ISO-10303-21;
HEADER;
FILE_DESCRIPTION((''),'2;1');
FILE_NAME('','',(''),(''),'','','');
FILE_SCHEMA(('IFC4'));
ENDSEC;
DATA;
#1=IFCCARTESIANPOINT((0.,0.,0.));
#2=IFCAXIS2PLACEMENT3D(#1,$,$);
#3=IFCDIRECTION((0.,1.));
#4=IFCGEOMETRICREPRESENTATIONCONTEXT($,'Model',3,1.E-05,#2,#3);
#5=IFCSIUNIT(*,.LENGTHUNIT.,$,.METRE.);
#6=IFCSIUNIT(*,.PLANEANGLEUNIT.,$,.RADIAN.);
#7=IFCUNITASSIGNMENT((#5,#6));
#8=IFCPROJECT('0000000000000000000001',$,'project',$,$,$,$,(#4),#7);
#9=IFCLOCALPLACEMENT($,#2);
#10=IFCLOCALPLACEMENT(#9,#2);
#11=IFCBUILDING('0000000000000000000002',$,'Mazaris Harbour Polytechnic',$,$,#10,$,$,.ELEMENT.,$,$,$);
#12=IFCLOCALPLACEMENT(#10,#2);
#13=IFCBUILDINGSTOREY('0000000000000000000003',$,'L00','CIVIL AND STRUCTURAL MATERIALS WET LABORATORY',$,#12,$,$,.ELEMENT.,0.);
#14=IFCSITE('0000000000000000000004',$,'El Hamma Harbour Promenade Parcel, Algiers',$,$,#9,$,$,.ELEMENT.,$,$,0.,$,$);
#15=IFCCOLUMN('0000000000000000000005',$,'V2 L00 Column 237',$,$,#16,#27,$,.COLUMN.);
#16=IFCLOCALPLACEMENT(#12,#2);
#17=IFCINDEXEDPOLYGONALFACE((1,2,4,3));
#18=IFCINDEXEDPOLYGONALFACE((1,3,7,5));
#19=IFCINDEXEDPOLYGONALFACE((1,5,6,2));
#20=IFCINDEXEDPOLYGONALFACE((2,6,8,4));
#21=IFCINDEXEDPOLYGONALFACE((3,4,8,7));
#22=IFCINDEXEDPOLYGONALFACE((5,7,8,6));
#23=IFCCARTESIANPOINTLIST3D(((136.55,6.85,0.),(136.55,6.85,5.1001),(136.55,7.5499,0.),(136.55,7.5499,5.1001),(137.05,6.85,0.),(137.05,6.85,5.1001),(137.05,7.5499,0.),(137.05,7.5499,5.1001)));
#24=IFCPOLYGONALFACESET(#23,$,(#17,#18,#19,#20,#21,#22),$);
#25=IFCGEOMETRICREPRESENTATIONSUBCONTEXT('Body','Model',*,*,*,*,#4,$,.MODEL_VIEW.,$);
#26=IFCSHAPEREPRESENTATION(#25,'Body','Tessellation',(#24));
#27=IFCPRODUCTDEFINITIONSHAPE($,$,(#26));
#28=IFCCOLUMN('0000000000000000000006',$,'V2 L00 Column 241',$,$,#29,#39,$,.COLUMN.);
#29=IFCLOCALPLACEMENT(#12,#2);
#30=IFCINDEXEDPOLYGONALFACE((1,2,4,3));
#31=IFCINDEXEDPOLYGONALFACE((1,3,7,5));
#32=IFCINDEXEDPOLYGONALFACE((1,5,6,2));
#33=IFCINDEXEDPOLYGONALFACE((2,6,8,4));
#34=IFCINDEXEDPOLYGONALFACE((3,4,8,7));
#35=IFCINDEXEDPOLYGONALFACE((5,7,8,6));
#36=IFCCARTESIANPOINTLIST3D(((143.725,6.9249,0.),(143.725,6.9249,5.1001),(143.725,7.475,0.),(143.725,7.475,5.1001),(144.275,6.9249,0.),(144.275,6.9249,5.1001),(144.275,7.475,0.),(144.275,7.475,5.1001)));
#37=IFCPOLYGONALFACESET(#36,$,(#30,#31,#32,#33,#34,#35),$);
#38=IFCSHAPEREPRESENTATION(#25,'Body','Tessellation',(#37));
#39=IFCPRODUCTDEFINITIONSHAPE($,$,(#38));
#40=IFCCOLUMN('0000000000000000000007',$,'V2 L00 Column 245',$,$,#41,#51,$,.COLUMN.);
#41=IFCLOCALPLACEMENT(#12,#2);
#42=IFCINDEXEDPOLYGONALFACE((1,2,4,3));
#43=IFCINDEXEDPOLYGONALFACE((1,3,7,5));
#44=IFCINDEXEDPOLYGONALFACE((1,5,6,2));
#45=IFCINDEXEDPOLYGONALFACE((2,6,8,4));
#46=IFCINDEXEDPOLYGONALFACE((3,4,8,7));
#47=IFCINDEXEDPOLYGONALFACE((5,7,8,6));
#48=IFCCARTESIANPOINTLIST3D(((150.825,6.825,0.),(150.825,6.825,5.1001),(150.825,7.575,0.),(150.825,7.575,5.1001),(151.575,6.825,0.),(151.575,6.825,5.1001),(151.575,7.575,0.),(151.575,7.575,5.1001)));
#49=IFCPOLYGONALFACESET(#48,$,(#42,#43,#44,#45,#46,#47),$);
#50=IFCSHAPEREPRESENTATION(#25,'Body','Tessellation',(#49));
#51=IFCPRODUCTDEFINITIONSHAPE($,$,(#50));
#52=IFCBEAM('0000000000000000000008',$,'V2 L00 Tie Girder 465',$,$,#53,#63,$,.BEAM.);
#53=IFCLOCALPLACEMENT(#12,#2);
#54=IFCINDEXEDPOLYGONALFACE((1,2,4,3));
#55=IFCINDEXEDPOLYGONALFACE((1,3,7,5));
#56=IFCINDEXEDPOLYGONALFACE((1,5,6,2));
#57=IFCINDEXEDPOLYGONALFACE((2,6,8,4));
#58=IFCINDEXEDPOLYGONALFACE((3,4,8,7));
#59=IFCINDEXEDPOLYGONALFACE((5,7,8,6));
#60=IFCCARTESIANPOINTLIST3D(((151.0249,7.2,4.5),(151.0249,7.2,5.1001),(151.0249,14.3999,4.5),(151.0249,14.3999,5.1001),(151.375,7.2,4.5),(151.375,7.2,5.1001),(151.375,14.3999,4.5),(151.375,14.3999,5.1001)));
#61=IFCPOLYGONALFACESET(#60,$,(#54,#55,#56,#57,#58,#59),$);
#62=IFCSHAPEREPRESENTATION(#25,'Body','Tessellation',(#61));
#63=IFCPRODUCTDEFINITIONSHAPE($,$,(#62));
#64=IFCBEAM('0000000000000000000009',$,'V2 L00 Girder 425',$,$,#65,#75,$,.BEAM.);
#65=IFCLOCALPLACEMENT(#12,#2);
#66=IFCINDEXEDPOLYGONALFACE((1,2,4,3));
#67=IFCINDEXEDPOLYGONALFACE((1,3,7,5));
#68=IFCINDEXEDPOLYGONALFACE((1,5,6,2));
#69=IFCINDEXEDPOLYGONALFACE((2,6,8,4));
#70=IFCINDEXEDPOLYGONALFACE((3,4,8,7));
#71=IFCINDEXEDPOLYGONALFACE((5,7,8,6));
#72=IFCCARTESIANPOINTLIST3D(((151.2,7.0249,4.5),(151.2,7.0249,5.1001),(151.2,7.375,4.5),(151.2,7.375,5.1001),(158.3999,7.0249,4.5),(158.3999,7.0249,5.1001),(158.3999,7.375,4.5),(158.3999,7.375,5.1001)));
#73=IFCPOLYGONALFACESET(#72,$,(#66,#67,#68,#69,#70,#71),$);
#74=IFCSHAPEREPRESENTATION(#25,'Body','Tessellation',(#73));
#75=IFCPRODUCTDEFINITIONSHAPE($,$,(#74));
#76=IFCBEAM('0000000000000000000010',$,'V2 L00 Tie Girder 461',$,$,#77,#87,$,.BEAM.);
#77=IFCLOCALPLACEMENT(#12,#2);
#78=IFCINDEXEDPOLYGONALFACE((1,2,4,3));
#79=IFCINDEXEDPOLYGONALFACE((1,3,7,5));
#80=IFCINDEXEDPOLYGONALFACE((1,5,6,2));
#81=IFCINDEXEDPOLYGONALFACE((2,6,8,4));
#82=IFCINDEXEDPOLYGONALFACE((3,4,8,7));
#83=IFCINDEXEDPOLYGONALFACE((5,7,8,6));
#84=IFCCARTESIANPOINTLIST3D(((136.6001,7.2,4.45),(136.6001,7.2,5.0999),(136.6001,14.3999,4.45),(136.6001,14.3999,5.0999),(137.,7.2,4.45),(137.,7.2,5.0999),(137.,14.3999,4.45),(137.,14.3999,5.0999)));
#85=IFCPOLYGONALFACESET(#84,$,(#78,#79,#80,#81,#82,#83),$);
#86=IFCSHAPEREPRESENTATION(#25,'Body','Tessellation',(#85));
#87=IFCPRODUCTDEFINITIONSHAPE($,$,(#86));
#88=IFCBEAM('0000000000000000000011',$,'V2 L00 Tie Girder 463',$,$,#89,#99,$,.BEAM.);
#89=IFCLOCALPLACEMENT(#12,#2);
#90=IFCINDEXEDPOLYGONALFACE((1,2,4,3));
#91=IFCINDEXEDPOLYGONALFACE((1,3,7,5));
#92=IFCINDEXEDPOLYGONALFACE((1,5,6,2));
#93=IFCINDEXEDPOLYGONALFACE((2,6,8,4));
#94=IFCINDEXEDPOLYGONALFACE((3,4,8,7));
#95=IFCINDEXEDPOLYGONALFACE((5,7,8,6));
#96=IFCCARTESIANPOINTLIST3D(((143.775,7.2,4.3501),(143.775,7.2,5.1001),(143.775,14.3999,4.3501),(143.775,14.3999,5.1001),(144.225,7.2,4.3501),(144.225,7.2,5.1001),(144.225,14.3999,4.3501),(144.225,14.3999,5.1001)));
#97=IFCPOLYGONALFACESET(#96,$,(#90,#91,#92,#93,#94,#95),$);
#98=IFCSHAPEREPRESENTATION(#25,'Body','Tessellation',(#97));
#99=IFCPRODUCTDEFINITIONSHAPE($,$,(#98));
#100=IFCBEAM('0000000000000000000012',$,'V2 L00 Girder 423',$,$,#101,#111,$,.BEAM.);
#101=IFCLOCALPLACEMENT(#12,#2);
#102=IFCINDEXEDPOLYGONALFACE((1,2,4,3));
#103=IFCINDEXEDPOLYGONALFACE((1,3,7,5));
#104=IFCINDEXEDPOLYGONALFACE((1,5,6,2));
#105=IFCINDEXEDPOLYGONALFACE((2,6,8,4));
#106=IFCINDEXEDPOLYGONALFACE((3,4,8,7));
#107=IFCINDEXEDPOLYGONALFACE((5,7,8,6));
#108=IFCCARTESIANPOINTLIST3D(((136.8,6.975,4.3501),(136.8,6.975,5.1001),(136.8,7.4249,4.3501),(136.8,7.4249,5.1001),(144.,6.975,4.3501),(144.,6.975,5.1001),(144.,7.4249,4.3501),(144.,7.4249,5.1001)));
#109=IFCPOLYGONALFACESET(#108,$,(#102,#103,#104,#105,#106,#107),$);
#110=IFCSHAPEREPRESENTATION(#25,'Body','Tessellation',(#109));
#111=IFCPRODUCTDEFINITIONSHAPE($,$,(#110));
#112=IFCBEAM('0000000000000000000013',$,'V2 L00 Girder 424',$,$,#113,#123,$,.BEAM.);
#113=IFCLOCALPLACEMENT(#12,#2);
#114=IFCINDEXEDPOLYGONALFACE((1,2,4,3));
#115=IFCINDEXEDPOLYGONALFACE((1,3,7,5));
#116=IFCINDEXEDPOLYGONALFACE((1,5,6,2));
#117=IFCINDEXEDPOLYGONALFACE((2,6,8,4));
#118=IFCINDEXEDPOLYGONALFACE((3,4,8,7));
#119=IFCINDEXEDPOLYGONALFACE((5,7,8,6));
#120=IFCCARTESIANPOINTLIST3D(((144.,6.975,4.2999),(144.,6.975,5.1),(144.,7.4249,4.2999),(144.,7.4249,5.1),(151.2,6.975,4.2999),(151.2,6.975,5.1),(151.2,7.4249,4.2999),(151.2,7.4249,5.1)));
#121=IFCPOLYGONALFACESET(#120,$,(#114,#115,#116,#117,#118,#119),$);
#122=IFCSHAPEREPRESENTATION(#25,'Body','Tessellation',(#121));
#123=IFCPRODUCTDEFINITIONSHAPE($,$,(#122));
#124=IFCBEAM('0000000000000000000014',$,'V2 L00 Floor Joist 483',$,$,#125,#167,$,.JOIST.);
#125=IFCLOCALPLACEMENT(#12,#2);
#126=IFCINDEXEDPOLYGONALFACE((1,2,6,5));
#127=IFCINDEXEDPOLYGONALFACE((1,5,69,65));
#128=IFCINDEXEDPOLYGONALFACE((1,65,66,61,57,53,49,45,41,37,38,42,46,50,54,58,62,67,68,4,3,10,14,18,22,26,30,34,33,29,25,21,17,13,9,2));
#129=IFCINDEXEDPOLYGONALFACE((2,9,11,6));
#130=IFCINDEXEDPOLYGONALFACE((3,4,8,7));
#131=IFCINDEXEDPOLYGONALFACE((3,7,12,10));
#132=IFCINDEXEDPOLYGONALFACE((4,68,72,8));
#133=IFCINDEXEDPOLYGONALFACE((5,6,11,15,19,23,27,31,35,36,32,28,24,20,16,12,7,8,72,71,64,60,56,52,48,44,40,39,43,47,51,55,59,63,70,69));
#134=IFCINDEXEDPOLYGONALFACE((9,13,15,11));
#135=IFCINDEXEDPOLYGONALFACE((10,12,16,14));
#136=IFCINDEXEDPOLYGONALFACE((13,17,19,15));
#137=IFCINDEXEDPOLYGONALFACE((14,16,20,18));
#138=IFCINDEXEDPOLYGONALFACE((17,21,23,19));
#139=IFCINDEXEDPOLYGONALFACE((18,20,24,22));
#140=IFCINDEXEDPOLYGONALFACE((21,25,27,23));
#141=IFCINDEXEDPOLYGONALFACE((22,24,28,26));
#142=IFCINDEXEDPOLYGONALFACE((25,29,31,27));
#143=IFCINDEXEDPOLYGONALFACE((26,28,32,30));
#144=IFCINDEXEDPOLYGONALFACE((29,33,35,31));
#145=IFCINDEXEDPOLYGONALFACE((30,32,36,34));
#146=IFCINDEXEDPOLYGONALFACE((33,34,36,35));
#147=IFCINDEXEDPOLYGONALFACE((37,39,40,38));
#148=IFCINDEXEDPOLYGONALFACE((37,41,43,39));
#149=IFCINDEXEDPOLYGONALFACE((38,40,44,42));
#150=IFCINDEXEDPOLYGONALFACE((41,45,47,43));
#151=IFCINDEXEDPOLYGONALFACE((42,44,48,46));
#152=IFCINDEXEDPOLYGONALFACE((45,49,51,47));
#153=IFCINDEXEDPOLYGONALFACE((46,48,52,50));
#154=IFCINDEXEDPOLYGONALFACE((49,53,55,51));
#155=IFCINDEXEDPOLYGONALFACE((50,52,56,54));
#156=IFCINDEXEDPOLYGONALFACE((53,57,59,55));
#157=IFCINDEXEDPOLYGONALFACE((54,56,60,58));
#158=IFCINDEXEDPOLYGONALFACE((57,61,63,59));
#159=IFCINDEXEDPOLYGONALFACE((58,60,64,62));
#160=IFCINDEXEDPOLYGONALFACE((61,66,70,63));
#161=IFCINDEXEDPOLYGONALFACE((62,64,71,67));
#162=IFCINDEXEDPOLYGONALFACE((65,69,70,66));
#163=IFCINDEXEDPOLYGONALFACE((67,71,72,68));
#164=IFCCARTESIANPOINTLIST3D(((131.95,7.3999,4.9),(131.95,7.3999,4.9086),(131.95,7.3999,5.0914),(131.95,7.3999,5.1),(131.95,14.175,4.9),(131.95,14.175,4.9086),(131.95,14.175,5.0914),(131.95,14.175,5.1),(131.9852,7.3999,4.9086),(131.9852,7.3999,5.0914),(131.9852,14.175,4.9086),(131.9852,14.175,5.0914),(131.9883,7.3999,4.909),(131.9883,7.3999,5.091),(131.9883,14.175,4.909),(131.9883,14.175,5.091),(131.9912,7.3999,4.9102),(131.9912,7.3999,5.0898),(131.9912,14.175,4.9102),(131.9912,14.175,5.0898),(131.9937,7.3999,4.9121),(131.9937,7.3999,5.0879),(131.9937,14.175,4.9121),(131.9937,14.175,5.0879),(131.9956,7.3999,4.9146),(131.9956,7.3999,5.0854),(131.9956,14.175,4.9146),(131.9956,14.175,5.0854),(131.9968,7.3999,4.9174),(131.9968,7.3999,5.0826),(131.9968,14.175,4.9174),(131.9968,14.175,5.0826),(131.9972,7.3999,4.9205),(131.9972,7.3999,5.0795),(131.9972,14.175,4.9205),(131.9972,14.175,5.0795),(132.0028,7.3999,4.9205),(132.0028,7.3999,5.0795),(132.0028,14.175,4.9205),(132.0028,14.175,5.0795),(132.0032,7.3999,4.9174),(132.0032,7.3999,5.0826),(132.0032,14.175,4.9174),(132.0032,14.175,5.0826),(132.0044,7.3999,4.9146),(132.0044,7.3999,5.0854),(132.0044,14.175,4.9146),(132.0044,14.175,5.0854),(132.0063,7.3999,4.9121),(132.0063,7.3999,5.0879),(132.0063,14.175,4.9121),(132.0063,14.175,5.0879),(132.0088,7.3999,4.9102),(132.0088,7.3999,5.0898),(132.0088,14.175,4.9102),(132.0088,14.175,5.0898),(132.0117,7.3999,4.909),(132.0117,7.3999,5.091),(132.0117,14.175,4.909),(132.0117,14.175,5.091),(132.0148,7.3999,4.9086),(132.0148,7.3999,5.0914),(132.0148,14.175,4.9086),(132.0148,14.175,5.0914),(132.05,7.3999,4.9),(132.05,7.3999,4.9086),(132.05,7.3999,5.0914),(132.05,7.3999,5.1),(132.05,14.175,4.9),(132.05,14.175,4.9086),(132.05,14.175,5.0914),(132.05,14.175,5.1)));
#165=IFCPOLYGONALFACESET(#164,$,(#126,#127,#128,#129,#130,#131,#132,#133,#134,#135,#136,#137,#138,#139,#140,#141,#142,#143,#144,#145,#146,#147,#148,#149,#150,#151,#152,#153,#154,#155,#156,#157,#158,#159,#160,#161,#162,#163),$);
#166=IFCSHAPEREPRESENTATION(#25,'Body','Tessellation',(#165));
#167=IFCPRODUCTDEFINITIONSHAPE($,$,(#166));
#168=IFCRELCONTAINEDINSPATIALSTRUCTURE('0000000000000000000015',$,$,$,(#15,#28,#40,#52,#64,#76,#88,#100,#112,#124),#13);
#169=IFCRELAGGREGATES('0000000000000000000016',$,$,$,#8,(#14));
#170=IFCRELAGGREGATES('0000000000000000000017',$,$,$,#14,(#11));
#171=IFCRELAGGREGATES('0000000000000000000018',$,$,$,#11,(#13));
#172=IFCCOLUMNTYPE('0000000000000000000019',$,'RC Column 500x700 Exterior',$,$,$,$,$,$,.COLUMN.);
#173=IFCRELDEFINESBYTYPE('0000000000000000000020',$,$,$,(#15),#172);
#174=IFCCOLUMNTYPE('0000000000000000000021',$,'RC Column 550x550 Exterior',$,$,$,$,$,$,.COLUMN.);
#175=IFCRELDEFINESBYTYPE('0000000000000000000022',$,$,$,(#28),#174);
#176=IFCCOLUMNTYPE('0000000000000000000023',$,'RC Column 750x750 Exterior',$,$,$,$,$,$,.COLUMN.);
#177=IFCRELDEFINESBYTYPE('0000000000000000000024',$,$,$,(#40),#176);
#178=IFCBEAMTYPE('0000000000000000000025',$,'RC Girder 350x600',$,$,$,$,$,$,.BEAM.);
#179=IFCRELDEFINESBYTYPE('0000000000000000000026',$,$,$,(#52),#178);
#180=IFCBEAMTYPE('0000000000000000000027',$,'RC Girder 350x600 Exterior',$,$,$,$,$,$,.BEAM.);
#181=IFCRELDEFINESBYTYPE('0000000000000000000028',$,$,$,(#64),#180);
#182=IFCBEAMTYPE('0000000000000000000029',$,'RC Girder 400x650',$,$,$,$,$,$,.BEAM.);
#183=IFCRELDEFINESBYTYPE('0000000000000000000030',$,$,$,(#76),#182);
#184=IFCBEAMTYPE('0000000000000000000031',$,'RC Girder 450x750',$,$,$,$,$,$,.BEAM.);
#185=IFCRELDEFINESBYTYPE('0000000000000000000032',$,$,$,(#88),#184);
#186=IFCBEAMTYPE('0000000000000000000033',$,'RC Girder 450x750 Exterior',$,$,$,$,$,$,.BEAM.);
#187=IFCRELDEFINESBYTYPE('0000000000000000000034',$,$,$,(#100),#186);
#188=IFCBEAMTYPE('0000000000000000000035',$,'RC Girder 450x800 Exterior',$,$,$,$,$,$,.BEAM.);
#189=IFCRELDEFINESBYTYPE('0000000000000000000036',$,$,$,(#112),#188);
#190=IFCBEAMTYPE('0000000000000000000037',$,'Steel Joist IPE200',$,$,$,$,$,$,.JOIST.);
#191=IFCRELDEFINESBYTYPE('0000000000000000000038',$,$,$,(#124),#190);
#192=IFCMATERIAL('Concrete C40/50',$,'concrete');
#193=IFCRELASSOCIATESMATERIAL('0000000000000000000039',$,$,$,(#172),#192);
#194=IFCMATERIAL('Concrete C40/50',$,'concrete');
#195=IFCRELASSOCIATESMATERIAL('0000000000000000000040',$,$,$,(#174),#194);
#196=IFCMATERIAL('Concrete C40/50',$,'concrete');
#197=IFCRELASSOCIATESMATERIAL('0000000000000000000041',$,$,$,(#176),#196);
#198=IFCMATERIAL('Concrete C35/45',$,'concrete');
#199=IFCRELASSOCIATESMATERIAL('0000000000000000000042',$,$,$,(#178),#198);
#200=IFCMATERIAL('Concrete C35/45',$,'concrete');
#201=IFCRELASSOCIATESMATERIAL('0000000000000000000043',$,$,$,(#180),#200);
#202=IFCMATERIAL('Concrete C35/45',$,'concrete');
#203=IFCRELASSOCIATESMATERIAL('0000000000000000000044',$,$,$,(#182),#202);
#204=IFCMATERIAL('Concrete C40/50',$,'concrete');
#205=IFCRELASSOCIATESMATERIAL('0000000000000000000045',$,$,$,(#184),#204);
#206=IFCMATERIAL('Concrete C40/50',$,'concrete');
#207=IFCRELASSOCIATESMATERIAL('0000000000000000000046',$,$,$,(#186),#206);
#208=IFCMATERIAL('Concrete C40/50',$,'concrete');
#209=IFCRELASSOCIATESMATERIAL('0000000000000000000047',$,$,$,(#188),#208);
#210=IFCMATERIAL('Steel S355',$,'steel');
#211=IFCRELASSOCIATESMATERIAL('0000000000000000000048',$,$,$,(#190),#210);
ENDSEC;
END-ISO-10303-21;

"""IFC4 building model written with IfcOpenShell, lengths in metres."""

from ifc_helpers import new_model, si_unit, direction, frame, origin, origin_2d, place, context, subcontext, project, spatial, rectangle, i_section, extrude, material, material_profile, profile_set, type_object, element, save


model = new_model("IFC4")

# Units and contexts
model_context = context("Model", 3, precision=1e-05, world=origin(), true_north=direction((0.0, 1.0)))
body_context = subcontext(model_context, "Body", "Model", "MODEL_VIEW")
ifc_project = project(units=[si_unit("LENGTHUNIT", "METRE"), si_unit("PLANEANGLEUNIT", "RADIAN")], contexts=[model_context])

# Site, building, storey
site_placement = place(None, origin())
site = spatial("IfcSite", under=ifc_project, at=site_placement, Name="El Hamma Harbour Promenade Parcel, Algiers", CompositionType="ELEMENT", RefElevation=0.0)
building_placement = place(site_placement, origin())
building = spatial("IfcBuilding", under=site, at=building_placement, Name="Mazaris Harbour Polytechnic", CompositionType="ELEMENT")
storey_placement = place(building_placement, origin())
storey = spatial("IfcBuildingStorey", under=building, at=storey_placement, Name="L00", Description="CIVIL AND STRUCTURAL MATERIALS WET LABORATORY", CompositionType="ELEMENT", Elevation=0.0)

# Columns
ifc_material_1 = material(Name="Concrete C40/50", Category="concrete")
ifc_material_profile_1 = material_profile(ifc_material_1, rectangle(XDim=0.5, YDim=0.7, at=origin_2d()), Name="RECT500x700")
ifc_profile_set_1 = profile_set([ifc_material_profile_1], Name="Concrete C40/50")
column_type_1 = type_object("IfcColumnType", Name="RC Column 500x700 Exterior", PredefinedType="COLUMN", material=ifc_profile_set_1)
column_1_placement = place(storey_placement, frame((136.8, 7.2, 0.0), z_axis=(0.0, 0.0, 1.0), x_axis=(1.0, 0.0, 0.0)))
element("IfcColumn", 1, at=column_1_placement, inside=storey, type_object=column_type_1, Name="V2 L00 Column 237", PredefinedType="COLUMN", context=body_context, shape_type="SweptSolid", body=[
    extrude(rectangle(XDim=0.5, YDim=0.7, at=origin_2d()), origin(), (0.0, 0.0, 1.0), 5.1001),
])
ifc_material_2 = material(Name="Concrete C40/50", Category="concrete")
ifc_material_profile_2 = material_profile(ifc_material_2, rectangle(XDim=0.55, YDim=0.55, at=origin_2d()), Name="RECT550x550")
ifc_profile_set_2 = profile_set([ifc_material_profile_2], Name="Concrete C40/50")
column_type_2 = type_object("IfcColumnType", Name="RC Column 550x550 Exterior", PredefinedType="COLUMN", material=ifc_profile_set_2)
column_2_placement = place(storey_placement, frame((144.0, 7.2, 0.0), z_axis=(0.0, 0.0, 1.0), x_axis=(1.0, 0.0, 0.0)))
element("IfcColumn", 2, at=column_2_placement, inside=storey, type_object=column_type_2, Name="V2 L00 Column 241", PredefinedType="COLUMN", context=body_context, shape_type="SweptSolid", body=[
    extrude(rectangle(XDim=0.55, YDim=0.55, at=origin_2d()), origin(), (0.0, 0.0, 1.0), 5.1001),
])
ifc_material_3 = material(Name="Concrete C40/50", Category="concrete")
ifc_material_profile_3 = material_profile(ifc_material_3, rectangle(XDim=0.75, YDim=0.75, at=origin_2d()), Name="RECT750x750")
ifc_profile_set_3 = profile_set([ifc_material_profile_3], Name="Concrete C40/50")
column_type_3 = type_object("IfcColumnType", Name="RC Column 750x750 Exterior", PredefinedType="COLUMN", material=ifc_profile_set_3)
column_3_placement = place(storey_placement, frame((151.2, 7.2, 0.0), z_axis=(0.0, 0.0, 1.0), x_axis=(1.0, 0.0, 0.0)))
element("IfcColumn", 3, at=column_3_placement, inside=storey, type_object=column_type_3, Name="V2 L00 Column 245", PredefinedType="COLUMN", context=body_context, shape_type="SweptSolid", body=[
    extrude(rectangle(XDim=0.75, YDim=0.75, at=origin_2d()), origin(), (0.0, 0.0, 1.0), 5.1001),
])

# Beams
ifc_material_4 = material(Name="Concrete C35/45", Category="concrete")
ifc_material_profile_4 = material_profile(ifc_material_4, rectangle(XDim=0.3501, YDim=0.6001, at=origin_2d()), Name="RECT350x600")
ifc_profile_set_4 = profile_set([ifc_material_profile_4], Name="Concrete C35/45")
beam_type_1 = type_object("IfcBeamType", Name="RC Girder 350x600", PredefinedType="BEAM", material=ifc_profile_set_4)
beam_1_placement = place(storey_placement, frame((151.2, 7.2, 4.8), z_axis=(0.0, 1.0, 0.0), x_axis=(-1.0, 0.0, 0.0)))
element("IfcBeam", 4, at=beam_1_placement, inside=storey, type_object=beam_type_1, Name="V2 L00 Tie Girder 465", PredefinedType="BEAM", context=body_context, shape_type="SweptSolid", body=[
    extrude(rectangle(XDim=0.3501, YDim=0.6001, at=origin_2d()), origin(), (0.0, 0.0, 1.0), 7.2),
])
ifc_material_5 = material(Name="Concrete C35/45", Category="concrete")
ifc_material_profile_5 = material_profile(ifc_material_5, rectangle(XDim=0.3501, YDim=0.6001, at=origin_2d()), Name="RECT350x600")
ifc_profile_set_5 = profile_set([ifc_material_profile_5], Name="Concrete C35/45")
beam_type_2 = type_object("IfcBeamType", Name="RC Girder 350x600 Exterior", PredefinedType="BEAM", material=ifc_profile_set_5)
beam_2_placement = place(storey_placement, frame((151.2, 7.2, 4.8), z_axis=(1.0, 0.0, 0.0), x_axis=(0.0, 1.0, 0.0)))
element("IfcBeam", 5, at=beam_2_placement, inside=storey, type_object=beam_type_2, Name="V2 L00 Girder 425", PredefinedType="BEAM", context=body_context, shape_type="SweptSolid", body=[
    extrude(rectangle(XDim=0.3501, YDim=0.6001, at=origin_2d()), origin(), (0.0, 0.0, 1.0), 7.2),
])
ifc_material_6 = material(Name="Concrete C35/45", Category="concrete")
ifc_material_profile_6 = material_profile(ifc_material_6, rectangle(XDim=0.3999, YDim=0.6499, at=origin_2d()), Name="RECT400x650")
ifc_profile_set_6 = profile_set([ifc_material_profile_6], Name="Concrete C35/45")
beam_type_3 = type_object("IfcBeamType", Name="RC Girder 400x650", PredefinedType="BEAM", material=ifc_profile_set_6)
beam_3_placement = place(storey_placement, frame((136.8, 7.2, 4.7749), z_axis=(0.0, 1.0, 0.0), x_axis=(-1.0, 0.0, 0.0)))
element("IfcBeam", 6, at=beam_3_placement, inside=storey, type_object=beam_type_3, Name="V2 L00 Tie Girder 461", PredefinedType="BEAM", context=body_context, shape_type="SweptSolid", body=[
    extrude(rectangle(XDim=0.3999, YDim=0.6499, at=origin_2d()), origin(), (0.0, 0.0, 1.0), 7.2),
])
ifc_material_7 = material(Name="Concrete C40/50", Category="concrete")
ifc_material_profile_7 = material_profile(ifc_material_7, rectangle(XDim=0.45, YDim=0.75, at=origin_2d()), Name="RECT450x750")
ifc_profile_set_7 = profile_set([ifc_material_profile_7], Name="Concrete C40/50")
beam_type_4 = type_object("IfcBeamType", Name="RC Girder 450x750", PredefinedType="BEAM", material=ifc_profile_set_7)
beam_4_placement = place(storey_placement, frame((144.0, 7.2, 4.7251), z_axis=(0.0, 1.0, 0.0), x_axis=(-1.0, 0.0, 0.0)))
element("IfcBeam", 7, at=beam_4_placement, inside=storey, type_object=beam_type_4, Name="V2 L00 Tie Girder 463", PredefinedType="BEAM", context=body_context, shape_type="SweptSolid", body=[
    extrude(rectangle(XDim=0.45, YDim=0.75, at=origin_2d()), origin(), (0.0, 0.0, 1.0), 7.2),
])
ifc_material_8 = material(Name="Concrete C40/50", Category="concrete")
ifc_material_profile_8 = material_profile(ifc_material_8, rectangle(XDim=0.45, YDim=0.75, at=origin_2d()), Name="RECT450x750")
ifc_profile_set_8 = profile_set([ifc_material_profile_8], Name="Concrete C40/50")
beam_type_5 = type_object("IfcBeamType", Name="RC Girder 450x750 Exterior", PredefinedType="BEAM", material=ifc_profile_set_8)
beam_5_placement = place(storey_placement, frame((136.8, 7.2, 4.7251), z_axis=(1.0, 0.0, 0.0), x_axis=(0.0, 1.0, 0.0)))
element("IfcBeam", 8, at=beam_5_placement, inside=storey, type_object=beam_type_5, Name="V2 L00 Girder 423", PredefinedType="BEAM", context=body_context, shape_type="SweptSolid", body=[
    extrude(rectangle(XDim=0.45, YDim=0.75, at=origin_2d()), origin(), (0.0, 0.0, 1.0), 7.2),
])
ifc_material_9 = material(Name="Concrete C40/50", Category="concrete")
ifc_material_profile_9 = material_profile(ifc_material_9, rectangle(XDim=0.45, YDim=0.8, at=origin_2d()), Name="RECT450x800")
ifc_profile_set_9 = profile_set([ifc_material_profile_9], Name="Concrete C40/50")
beam_type_6 = type_object("IfcBeamType", Name="RC Girder 450x800 Exterior", PredefinedType="BEAM", material=ifc_profile_set_9)
beam_6_placement = place(storey_placement, frame((144.0, 7.2, 4.7), z_axis=(1.0, 0.0, 0.0), x_axis=(0.0, 1.0, 0.0)))
element("IfcBeam", 9, at=beam_6_placement, inside=storey, type_object=beam_type_6, Name="V2 L00 Girder 424", PredefinedType="BEAM", context=body_context, shape_type="SweptSolid", body=[
    extrude(rectangle(XDim=0.45, YDim=0.8, at=origin_2d()), origin(), (0.0, 0.0, 1.0), 7.2),
])
ifc_material_10 = material(Name="Steel S355", Category="steel")
ifc_material_profile_10 = material_profile(ifc_material_10, i_section(OverallWidth=0.1001, OverallDepth=0.2, WebThickness=0.0056, FlangeThickness=0.0085, FilletRadius=0.012, at=origin_2d()), Name="IPE 200")
ifc_profile_set_10 = profile_set([ifc_material_profile_10], Name="Steel S355")
beam_type_7 = type_object("IfcBeamType", Name="Steel Joist IPE200", PredefinedType="JOIST", material=ifc_profile_set_10)
beam_7_placement = place(storey_placement, frame((132.0, 7.3999, 5.0), z_axis=(0.0, 1.0, 0.0), x_axis=(-1.0, 0.0, 0.0)))
element("IfcBeam", 10, at=beam_7_placement, inside=storey, type_object=beam_type_7, Name="V2 L00 Floor Joist 483", PredefinedType="JOIST", context=body_context, shape_type="SweptSolid", body=[
    extrude(i_section(OverallWidth=0.1001, OverallDepth=0.2, WebThickness=0.0056, FlangeThickness=0.0085, FilletRadius=0.012, at=origin_2d()), origin(), (0.0, 0.0, 1.0), 6.7751),
])

save(model, "model.ifc")
